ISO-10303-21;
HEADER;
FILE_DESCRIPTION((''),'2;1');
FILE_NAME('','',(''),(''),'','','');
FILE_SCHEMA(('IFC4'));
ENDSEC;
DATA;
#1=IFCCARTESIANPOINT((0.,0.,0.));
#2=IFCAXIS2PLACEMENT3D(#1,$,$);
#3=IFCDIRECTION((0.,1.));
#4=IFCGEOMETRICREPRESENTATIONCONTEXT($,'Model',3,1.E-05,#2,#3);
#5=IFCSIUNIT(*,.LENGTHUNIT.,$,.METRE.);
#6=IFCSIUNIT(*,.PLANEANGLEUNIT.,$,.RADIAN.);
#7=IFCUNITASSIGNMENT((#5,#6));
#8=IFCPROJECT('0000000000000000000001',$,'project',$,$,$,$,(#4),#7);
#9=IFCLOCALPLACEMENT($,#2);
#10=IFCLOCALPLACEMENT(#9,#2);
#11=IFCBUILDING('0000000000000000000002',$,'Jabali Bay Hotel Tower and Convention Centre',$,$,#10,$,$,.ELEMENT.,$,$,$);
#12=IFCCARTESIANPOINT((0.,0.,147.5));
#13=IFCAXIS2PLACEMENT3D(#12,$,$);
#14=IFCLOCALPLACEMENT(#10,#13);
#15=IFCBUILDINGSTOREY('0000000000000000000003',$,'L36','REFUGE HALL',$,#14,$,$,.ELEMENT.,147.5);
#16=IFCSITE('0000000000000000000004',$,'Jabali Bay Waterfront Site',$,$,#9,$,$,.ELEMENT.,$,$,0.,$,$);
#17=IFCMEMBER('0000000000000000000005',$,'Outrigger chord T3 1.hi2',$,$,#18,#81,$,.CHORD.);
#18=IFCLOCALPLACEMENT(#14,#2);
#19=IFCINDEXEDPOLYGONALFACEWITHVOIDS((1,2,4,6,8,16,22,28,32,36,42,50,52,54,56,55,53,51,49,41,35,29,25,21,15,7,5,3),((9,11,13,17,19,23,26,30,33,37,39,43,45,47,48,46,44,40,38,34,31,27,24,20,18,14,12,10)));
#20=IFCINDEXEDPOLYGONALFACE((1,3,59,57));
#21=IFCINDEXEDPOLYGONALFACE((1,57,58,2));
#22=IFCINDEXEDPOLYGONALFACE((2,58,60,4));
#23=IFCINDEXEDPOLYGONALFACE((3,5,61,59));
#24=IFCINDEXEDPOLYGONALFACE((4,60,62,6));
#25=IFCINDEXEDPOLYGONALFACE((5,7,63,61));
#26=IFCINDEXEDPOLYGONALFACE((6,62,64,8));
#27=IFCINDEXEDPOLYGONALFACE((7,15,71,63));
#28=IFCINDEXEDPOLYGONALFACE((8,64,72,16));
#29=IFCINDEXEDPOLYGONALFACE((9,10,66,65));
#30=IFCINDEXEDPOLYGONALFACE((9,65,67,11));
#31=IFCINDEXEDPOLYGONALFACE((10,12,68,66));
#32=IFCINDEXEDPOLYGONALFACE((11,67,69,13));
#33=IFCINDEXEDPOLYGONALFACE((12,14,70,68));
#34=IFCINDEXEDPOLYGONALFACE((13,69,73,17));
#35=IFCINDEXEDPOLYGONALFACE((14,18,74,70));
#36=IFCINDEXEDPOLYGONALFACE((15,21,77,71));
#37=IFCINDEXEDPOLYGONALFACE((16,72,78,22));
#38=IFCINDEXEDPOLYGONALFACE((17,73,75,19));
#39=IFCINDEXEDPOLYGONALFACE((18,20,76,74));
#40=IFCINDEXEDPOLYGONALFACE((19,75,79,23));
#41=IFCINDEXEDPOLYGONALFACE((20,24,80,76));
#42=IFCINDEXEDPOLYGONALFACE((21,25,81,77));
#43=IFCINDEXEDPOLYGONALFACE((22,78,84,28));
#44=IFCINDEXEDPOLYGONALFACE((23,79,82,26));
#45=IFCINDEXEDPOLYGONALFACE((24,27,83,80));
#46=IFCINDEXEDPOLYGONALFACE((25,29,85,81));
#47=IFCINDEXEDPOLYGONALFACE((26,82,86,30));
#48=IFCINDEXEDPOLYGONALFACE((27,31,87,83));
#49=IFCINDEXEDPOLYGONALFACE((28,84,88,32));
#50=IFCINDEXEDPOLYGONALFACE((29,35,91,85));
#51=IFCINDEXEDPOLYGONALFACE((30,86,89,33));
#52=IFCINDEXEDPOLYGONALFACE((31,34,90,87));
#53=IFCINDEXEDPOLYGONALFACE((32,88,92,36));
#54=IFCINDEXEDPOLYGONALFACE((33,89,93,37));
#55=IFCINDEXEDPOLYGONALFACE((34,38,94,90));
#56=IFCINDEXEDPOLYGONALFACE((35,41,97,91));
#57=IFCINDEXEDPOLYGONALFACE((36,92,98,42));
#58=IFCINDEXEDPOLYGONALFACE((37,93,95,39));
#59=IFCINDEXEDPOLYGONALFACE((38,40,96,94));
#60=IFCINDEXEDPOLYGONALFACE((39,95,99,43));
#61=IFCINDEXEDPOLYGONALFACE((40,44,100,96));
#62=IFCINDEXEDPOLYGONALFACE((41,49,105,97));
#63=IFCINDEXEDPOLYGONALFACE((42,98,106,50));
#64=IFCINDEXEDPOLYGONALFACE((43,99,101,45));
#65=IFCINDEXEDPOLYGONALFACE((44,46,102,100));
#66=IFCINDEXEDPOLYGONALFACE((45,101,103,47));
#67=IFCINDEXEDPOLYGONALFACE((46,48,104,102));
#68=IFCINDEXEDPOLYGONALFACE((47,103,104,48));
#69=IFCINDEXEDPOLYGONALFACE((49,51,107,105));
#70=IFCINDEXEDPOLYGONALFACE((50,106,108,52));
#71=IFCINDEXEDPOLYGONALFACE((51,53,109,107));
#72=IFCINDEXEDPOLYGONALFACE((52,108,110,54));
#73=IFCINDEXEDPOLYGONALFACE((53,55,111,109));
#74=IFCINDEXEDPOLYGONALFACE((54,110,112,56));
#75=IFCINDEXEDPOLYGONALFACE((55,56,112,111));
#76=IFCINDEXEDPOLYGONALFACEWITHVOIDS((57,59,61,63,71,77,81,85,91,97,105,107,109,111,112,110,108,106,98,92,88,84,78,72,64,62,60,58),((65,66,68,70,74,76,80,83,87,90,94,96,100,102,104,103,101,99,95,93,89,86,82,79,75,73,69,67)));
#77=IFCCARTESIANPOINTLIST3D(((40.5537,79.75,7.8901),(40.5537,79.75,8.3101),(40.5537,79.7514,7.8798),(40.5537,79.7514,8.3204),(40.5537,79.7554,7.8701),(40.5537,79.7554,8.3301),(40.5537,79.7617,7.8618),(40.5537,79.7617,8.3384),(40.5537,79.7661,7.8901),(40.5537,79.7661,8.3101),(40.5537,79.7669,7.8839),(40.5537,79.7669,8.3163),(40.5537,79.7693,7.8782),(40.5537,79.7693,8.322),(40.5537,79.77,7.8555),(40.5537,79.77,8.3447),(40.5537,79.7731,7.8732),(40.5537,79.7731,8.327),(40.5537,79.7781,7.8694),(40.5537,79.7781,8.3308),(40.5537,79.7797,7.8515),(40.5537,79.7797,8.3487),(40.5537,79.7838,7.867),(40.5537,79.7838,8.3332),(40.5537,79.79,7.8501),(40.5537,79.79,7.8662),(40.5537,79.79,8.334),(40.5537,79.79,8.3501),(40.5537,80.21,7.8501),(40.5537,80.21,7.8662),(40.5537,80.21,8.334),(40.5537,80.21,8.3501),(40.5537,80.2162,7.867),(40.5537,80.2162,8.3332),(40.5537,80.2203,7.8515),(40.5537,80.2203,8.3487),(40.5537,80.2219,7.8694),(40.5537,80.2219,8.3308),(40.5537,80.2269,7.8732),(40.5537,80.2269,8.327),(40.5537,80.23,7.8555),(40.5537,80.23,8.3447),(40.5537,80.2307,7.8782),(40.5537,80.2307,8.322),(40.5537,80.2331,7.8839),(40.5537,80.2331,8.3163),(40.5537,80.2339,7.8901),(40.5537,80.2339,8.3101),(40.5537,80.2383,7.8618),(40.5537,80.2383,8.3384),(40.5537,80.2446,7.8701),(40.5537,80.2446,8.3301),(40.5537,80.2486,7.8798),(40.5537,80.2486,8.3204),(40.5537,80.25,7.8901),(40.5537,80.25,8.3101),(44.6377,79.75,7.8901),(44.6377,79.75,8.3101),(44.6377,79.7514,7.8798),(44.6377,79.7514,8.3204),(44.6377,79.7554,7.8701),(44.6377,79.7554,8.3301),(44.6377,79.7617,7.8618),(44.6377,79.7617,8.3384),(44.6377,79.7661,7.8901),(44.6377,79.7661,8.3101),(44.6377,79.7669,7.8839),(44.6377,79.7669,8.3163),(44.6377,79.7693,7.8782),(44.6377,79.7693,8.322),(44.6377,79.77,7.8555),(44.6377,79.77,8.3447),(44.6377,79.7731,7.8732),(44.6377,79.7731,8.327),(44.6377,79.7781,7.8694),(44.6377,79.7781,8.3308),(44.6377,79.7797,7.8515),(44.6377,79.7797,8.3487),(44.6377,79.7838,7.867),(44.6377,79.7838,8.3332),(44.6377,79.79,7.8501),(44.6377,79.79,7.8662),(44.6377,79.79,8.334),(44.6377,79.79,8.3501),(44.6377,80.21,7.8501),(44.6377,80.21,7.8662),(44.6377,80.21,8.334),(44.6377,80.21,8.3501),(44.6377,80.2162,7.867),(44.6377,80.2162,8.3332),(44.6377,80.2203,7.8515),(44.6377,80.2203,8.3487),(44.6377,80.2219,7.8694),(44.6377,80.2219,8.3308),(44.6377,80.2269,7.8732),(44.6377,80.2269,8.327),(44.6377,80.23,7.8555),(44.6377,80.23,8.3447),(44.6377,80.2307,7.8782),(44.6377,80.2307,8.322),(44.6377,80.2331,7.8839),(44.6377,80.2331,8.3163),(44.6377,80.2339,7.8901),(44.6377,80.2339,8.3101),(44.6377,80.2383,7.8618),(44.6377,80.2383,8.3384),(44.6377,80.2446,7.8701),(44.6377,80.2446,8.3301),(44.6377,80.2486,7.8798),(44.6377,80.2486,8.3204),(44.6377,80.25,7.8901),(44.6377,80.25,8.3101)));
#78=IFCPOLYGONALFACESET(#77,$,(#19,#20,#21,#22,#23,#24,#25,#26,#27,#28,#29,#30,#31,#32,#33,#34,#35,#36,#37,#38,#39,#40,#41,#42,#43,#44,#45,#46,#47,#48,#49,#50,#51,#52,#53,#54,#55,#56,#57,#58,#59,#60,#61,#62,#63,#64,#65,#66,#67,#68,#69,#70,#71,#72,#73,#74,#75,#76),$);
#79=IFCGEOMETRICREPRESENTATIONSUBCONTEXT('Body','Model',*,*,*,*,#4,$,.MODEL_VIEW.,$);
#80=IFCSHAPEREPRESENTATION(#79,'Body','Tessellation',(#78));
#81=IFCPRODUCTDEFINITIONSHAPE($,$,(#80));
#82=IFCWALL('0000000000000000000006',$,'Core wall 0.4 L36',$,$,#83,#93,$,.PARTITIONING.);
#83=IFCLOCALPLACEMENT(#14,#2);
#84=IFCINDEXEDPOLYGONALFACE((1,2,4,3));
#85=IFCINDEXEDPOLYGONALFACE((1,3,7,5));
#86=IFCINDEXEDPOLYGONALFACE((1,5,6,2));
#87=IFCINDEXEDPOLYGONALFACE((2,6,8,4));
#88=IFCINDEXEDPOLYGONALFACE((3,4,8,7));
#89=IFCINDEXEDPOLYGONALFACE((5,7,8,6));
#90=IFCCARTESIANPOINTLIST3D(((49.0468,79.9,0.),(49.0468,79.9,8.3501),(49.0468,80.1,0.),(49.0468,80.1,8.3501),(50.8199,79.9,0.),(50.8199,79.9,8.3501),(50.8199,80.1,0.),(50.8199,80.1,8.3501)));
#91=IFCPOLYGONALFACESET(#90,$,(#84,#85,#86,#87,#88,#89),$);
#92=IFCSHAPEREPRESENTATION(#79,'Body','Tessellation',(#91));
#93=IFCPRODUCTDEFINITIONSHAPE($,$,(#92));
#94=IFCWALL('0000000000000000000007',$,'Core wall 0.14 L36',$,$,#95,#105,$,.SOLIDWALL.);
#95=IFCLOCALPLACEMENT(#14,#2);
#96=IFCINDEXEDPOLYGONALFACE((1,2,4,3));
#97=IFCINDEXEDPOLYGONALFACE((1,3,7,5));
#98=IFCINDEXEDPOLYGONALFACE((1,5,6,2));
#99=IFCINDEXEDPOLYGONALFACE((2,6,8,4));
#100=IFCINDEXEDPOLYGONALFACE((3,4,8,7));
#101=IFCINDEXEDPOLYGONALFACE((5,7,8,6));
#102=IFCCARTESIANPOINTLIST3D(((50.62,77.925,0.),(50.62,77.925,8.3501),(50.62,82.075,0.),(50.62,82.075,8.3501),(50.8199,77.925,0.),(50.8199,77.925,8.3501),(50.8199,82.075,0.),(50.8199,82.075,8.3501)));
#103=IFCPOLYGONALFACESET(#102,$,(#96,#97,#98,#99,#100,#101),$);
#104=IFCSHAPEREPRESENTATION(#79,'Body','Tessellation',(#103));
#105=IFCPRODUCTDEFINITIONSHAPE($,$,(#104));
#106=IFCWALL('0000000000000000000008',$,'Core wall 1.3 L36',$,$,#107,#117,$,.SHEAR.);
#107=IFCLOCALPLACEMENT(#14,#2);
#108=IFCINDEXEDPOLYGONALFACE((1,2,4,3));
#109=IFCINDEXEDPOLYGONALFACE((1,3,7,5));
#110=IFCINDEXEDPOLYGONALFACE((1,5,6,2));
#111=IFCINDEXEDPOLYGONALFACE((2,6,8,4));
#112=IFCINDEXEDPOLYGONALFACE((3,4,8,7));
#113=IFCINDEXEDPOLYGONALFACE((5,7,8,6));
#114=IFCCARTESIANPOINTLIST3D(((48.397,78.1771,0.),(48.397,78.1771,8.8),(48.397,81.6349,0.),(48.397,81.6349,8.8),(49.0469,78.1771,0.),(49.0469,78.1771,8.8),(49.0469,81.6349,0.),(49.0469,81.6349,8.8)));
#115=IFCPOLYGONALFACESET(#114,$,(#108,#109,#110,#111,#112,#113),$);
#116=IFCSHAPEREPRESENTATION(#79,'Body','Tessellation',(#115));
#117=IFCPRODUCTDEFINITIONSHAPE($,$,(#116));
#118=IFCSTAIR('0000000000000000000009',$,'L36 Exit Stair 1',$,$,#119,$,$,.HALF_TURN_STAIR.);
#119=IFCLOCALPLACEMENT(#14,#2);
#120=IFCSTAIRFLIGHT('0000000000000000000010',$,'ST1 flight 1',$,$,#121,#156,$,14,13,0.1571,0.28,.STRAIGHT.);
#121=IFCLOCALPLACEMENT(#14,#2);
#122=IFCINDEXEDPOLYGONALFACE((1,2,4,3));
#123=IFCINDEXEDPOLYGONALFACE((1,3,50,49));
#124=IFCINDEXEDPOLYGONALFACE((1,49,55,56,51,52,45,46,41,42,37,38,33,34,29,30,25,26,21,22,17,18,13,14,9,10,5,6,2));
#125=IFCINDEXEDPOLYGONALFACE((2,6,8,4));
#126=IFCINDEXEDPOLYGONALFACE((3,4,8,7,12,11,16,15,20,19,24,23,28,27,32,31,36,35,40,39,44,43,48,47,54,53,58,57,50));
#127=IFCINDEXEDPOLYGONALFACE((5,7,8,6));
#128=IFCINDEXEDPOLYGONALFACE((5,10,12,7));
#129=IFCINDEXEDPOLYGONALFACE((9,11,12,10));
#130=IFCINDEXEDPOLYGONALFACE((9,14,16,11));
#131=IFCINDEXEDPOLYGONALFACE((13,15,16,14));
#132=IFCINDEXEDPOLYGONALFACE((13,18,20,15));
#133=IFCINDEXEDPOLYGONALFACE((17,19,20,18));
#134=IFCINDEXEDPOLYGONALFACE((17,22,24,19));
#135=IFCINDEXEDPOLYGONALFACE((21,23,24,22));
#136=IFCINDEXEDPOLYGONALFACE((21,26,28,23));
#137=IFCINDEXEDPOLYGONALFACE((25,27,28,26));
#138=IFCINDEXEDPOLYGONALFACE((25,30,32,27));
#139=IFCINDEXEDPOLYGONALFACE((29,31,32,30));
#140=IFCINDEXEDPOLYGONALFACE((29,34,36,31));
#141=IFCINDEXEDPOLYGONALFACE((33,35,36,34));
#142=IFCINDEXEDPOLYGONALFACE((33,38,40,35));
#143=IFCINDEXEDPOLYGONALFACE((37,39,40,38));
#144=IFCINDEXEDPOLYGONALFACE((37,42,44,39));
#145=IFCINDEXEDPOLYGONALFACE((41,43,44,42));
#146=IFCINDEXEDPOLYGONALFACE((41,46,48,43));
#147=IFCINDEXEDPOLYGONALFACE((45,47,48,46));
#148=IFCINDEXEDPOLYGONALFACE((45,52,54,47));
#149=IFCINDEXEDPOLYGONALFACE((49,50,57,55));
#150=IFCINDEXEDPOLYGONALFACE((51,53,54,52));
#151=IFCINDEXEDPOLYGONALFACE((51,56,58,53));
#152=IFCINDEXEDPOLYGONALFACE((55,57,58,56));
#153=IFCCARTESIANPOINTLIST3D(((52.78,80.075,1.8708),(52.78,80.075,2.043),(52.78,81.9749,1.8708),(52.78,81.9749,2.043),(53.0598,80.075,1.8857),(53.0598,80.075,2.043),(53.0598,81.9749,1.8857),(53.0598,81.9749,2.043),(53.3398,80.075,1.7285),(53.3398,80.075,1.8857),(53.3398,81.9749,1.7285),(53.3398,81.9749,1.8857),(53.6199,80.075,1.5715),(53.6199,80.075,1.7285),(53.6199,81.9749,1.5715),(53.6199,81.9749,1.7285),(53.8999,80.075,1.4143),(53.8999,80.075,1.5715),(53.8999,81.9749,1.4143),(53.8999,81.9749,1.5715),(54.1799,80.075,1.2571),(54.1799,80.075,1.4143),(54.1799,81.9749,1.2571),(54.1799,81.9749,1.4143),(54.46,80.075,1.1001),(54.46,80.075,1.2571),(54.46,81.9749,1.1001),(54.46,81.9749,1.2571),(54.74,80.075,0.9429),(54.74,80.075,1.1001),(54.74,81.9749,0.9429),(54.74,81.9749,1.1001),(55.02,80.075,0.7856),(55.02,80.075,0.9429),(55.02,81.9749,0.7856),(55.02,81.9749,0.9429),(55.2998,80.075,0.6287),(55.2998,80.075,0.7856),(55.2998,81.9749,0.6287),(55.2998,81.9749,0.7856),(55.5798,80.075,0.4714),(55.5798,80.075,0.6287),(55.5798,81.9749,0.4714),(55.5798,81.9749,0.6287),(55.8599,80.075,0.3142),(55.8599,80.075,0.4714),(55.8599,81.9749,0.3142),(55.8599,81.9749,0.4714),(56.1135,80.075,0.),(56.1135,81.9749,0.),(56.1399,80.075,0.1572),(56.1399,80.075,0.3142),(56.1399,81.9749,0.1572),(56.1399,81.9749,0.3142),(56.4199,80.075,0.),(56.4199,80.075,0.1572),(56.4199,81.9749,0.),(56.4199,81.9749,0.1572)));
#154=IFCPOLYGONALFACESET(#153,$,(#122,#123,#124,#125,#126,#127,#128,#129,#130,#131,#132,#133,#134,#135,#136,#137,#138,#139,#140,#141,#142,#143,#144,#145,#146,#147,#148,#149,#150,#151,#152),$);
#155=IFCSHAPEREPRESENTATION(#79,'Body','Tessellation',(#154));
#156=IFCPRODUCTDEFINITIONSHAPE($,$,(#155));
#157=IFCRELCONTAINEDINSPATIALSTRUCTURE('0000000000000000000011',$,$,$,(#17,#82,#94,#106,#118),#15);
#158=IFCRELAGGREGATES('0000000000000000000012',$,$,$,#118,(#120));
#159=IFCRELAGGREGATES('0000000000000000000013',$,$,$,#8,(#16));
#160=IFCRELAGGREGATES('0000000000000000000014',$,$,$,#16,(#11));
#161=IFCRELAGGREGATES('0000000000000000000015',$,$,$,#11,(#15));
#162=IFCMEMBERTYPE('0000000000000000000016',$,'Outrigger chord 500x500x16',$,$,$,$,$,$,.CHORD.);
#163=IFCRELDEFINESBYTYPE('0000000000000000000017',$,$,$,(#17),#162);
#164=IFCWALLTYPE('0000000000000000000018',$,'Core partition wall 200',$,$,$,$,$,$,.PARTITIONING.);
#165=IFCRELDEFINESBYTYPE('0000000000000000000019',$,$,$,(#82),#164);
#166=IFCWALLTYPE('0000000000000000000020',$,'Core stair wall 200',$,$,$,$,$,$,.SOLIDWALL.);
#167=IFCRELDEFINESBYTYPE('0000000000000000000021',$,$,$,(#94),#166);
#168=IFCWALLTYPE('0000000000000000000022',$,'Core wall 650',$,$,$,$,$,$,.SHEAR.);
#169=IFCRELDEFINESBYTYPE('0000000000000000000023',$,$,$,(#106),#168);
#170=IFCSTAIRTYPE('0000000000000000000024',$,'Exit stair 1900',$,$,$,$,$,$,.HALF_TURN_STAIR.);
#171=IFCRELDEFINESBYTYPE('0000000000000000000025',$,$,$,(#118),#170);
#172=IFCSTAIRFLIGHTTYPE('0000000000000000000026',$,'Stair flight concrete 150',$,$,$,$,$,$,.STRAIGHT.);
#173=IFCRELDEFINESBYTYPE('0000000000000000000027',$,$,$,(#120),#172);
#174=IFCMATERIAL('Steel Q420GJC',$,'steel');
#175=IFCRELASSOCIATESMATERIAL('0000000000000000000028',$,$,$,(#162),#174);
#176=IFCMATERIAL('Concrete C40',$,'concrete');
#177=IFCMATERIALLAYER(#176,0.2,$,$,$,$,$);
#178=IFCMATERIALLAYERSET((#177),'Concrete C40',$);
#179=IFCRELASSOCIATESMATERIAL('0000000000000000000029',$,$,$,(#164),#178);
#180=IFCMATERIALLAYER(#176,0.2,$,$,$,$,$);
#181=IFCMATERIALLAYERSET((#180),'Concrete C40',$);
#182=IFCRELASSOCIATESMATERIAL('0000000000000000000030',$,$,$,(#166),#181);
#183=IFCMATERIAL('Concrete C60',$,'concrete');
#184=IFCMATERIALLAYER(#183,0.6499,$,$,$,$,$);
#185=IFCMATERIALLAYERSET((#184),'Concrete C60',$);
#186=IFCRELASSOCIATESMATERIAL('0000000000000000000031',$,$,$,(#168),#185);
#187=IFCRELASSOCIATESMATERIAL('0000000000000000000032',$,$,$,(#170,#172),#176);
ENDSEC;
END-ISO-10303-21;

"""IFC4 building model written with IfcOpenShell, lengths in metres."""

from ifc_helpers import new_model, si_unit, direction, frame, frame_2d, origin, origin_2d, place, context, subcontext, project, spatial, polyline, rectangle, hollow_rectangle, outline, extrude, material, layer, layer_set, material_profile, profile_set, type_object, element, aggregate, save


model = new_model("IFC4")

# Units and contexts
model_context = context("Model", 3, precision=1e-05, world=origin(), true_north=direction((0.0, 1.0)))
body_context = subcontext(model_context, "Body", "Model", "MODEL_VIEW")
ifc_project = project(units=[si_unit("LENGTHUNIT", "METRE"), si_unit("PLANEANGLEUNIT", "RADIAN")], contexts=[model_context])

# Site, building, storey
site_placement = place(None, origin())
site = spatial("IfcSite", under=ifc_project, at=site_placement, Name="Jabali Bay Waterfront Site", CompositionType="ELEMENT", RefElevation=0.0)
building_placement = place(site_placement, origin())
building = spatial("IfcBuilding", under=site, at=building_placement, Name="Jabali Bay Hotel Tower and Convention Centre", CompositionType="ELEMENT")
storey_placement = place(building_placement, frame((0.0, 0.0, 147.5)))
storey = spatial("IfcBuildingStorey", under=building, at=storey_placement, Name="L36", Description="REFUGE HALL", CompositionType="ELEMENT", Elevation=147.5)

# Shared definitions
ifc_material_1 = material(Name="Concrete C60", Category="concrete")

# Member
ifc_material_2 = material(Name="Steel Q420GJC", Category="steel")
ifc_material_profile_1 = material_profile(ifc_material_2, hollow_rectangle(XDim=0.5, YDim=0.5, WallThickness=0.0161, InnerFilletRadius=0.0239, OuterFilletRadius=0.04, at=origin_2d()), Name="Outrigger chord 500x500x16")
ifc_profile_set_1 = profile_set([ifc_material_profile_1], Name="Steel Q420GJC")
member_type_1 = type_object("IfcMemberType", Name="Outrigger chord 500x500x16", PredefinedType="CHORD", material=ifc_profile_set_1)
member_1_placement = place(storey_placement, frame((44.6377, 80.0, 8.1001), z_axis=(-1.0, 0.0, 0.0), x_axis=(0.0, -1.0, 0.0)))
element("IfcMember", 1, at=member_1_placement, inside=storey, type_object=member_type_1, Name="Outrigger chord T3 1.hi2", PredefinedType="CHORD", context=body_context, shape_type="SweptSolid", body=[
    extrude(hollow_rectangle(XDim=0.5, YDim=0.5, WallThickness=0.0161, InnerFilletRadius=0.0239, OuterFilletRadius=0.04, at=origin_2d()), origin(), (0.0, 0.0, 1.0), 4.084),
])

# Walls
ifc_material_3 = material(Name="Concrete C40", Category="concrete")
ifc_layer_1 = layer(ifc_material_3, 0.2)
ifc_layer_set_1 = layer_set([ifc_layer_1], Name="Concrete C40")
wall_type_1 = type_object("IfcWallType", Name="Core partition wall 200", PredefinedType="PARTITIONING", material=ifc_layer_set_1)
wall_1_placement = place(storey_placement, frame((50.8201, 80.0, 0.0), z_axis=(0.0, 0.0, 1.0), x_axis=(-1.0, 0.0, 0.0)))
element("IfcWall", 2, at=wall_1_placement, inside=storey, type_object=wall_type_1, Name="Core wall 0.4 L36", PredefinedType="PARTITIONING", context=body_context, shape_type="SweptSolid", body=[
    extrude(rectangle(XDim=1.7732, YDim=0.2, at=frame_2d((0.8867, 0.0))), origin(), (0.0, 0.0, 1.0), 8.3501),
])
ifc_layer_2 = layer(ifc_material_3, 0.2)
ifc_layer_set_2 = layer_set([ifc_layer_2], Name="Concrete C40")
wall_type_2 = type_object("IfcWallType", Name="Core stair wall 200", PredefinedType="SOLIDWALL", material=ifc_layer_set_2)
wall_2_placement = place(storey_placement, frame((50.72, 82.075, 0.0), z_axis=(0.0, 0.0, 1.0), x_axis=(0.0, -1.0, 0.0)))
element("IfcWall", 3, at=wall_2_placement, inside=storey, type_object=wall_type_2, Name="Core wall 0.14 L36", PredefinedType="SOLIDWALL", context=body_context, shape_type="SweptSolid", body=[
    extrude(rectangle(XDim=4.1499, YDim=0.2, at=frame_2d((2.075, 0.0))), origin(), (0.0, 0.0, 1.0), 8.3501),
])
ifc_layer_3 = layer(ifc_material_1, 0.6499)
ifc_layer_set_3 = layer_set([ifc_layer_3], Name="Concrete C60")
wall_type_3 = type_object("IfcWallType", Name="Core wall 650", PredefinedType="SHEAR", material=ifc_layer_set_3)
wall_3_placement = place(storey_placement, frame((48.7219, 81.635, 0.0), z_axis=(0.0, 0.0, 1.0), x_axis=(0.0, -1.0, 0.0)))
element("IfcWall", 4, at=wall_3_placement, inside=storey, type_object=wall_type_3, Name="Core wall 1.3 L36", PredefinedType="SHEAR", context=body_context, shape_type="SweptSolid", body=[
    extrude(rectangle(XDim=3.4578, YDim=0.6499, at=frame_2d((1.729, 0.0))), origin(), (0.0, 0.0, 1.0), 8.8),
])

# Stair, stair flight
stair_type = type_object("IfcStairType", Name="Exit stair 1900", PredefinedType="HALF_TURN_STAIR", material=ifc_material_3)
stair_placement = place(storey_placement, origin())
stair = element("IfcStair", 5, at=stair_placement, inside=storey, type_object=stair_type, Name="L36 Exit Stair 1", PredefinedType="HALF_TURN_STAIR")
stair_flight_type = type_object("IfcStairFlightType", Name="Stair flight concrete 150", PredefinedType="STRAIGHT", material=ifc_material_3)
stair_flight_1_placement = place(storey_placement, frame((56.4199, 81.0249, 0.0), z_axis=(0.0, 0.0, 1.0), x_axis=(-1.0, 0.0, 0.0)))
stair_flight_1 = element("IfcStairFlight", 6, at=stair_flight_1_placement, type_object=stair_flight_type, Name="ST1 flight 1", NumberOfRisers=14, NumberOfTreads=13, PredefinedType="STRAIGHT", RiserHeight=0.1571, TreadLength=0.28, context=body_context, shape_type="SweptSolid", body=[
    extrude(outline(polyline([(0.0, 0.0), (0.0, 0.1572), (0.28, 0.1572), (0.28, 0.3142), (0.5601, 0.3142), (0.5601, 0.4714), (0.8401, 0.4714), (0.8401, 0.6287), (1.1201, 0.6287), (1.1201, 0.7856), (1.3999, 0.7856), (1.3999, 0.9429), (1.6799, 0.9429), (1.6799, 1.1001), (1.96, 1.1001), (1.96, 1.2571), (2.24, 1.2571), (2.24, 1.4143), (2.52, 1.4143), (2.52, 1.5715), (2.8, 1.5715), (2.8, 1.7285), (3.0801, 1.7285), (3.0801, 1.8857), (3.3601, 1.8857), (3.3601, 2.043), (3.6399, 2.043), (3.6399, 2.2), (3.6399, 1.8708), (0.3064, 0.0), (0.0, 0.0)])), frame((0.0, 0.95, 0.0), z_axis=(0.0, -1.0, 0.0), x_axis=(1.0, 0.0, 0.0)), (0.0, 0.0, 1.0), 1.8999),
])
aggregate(stair, [stair_flight_1])

save(model, "model.ifc")
